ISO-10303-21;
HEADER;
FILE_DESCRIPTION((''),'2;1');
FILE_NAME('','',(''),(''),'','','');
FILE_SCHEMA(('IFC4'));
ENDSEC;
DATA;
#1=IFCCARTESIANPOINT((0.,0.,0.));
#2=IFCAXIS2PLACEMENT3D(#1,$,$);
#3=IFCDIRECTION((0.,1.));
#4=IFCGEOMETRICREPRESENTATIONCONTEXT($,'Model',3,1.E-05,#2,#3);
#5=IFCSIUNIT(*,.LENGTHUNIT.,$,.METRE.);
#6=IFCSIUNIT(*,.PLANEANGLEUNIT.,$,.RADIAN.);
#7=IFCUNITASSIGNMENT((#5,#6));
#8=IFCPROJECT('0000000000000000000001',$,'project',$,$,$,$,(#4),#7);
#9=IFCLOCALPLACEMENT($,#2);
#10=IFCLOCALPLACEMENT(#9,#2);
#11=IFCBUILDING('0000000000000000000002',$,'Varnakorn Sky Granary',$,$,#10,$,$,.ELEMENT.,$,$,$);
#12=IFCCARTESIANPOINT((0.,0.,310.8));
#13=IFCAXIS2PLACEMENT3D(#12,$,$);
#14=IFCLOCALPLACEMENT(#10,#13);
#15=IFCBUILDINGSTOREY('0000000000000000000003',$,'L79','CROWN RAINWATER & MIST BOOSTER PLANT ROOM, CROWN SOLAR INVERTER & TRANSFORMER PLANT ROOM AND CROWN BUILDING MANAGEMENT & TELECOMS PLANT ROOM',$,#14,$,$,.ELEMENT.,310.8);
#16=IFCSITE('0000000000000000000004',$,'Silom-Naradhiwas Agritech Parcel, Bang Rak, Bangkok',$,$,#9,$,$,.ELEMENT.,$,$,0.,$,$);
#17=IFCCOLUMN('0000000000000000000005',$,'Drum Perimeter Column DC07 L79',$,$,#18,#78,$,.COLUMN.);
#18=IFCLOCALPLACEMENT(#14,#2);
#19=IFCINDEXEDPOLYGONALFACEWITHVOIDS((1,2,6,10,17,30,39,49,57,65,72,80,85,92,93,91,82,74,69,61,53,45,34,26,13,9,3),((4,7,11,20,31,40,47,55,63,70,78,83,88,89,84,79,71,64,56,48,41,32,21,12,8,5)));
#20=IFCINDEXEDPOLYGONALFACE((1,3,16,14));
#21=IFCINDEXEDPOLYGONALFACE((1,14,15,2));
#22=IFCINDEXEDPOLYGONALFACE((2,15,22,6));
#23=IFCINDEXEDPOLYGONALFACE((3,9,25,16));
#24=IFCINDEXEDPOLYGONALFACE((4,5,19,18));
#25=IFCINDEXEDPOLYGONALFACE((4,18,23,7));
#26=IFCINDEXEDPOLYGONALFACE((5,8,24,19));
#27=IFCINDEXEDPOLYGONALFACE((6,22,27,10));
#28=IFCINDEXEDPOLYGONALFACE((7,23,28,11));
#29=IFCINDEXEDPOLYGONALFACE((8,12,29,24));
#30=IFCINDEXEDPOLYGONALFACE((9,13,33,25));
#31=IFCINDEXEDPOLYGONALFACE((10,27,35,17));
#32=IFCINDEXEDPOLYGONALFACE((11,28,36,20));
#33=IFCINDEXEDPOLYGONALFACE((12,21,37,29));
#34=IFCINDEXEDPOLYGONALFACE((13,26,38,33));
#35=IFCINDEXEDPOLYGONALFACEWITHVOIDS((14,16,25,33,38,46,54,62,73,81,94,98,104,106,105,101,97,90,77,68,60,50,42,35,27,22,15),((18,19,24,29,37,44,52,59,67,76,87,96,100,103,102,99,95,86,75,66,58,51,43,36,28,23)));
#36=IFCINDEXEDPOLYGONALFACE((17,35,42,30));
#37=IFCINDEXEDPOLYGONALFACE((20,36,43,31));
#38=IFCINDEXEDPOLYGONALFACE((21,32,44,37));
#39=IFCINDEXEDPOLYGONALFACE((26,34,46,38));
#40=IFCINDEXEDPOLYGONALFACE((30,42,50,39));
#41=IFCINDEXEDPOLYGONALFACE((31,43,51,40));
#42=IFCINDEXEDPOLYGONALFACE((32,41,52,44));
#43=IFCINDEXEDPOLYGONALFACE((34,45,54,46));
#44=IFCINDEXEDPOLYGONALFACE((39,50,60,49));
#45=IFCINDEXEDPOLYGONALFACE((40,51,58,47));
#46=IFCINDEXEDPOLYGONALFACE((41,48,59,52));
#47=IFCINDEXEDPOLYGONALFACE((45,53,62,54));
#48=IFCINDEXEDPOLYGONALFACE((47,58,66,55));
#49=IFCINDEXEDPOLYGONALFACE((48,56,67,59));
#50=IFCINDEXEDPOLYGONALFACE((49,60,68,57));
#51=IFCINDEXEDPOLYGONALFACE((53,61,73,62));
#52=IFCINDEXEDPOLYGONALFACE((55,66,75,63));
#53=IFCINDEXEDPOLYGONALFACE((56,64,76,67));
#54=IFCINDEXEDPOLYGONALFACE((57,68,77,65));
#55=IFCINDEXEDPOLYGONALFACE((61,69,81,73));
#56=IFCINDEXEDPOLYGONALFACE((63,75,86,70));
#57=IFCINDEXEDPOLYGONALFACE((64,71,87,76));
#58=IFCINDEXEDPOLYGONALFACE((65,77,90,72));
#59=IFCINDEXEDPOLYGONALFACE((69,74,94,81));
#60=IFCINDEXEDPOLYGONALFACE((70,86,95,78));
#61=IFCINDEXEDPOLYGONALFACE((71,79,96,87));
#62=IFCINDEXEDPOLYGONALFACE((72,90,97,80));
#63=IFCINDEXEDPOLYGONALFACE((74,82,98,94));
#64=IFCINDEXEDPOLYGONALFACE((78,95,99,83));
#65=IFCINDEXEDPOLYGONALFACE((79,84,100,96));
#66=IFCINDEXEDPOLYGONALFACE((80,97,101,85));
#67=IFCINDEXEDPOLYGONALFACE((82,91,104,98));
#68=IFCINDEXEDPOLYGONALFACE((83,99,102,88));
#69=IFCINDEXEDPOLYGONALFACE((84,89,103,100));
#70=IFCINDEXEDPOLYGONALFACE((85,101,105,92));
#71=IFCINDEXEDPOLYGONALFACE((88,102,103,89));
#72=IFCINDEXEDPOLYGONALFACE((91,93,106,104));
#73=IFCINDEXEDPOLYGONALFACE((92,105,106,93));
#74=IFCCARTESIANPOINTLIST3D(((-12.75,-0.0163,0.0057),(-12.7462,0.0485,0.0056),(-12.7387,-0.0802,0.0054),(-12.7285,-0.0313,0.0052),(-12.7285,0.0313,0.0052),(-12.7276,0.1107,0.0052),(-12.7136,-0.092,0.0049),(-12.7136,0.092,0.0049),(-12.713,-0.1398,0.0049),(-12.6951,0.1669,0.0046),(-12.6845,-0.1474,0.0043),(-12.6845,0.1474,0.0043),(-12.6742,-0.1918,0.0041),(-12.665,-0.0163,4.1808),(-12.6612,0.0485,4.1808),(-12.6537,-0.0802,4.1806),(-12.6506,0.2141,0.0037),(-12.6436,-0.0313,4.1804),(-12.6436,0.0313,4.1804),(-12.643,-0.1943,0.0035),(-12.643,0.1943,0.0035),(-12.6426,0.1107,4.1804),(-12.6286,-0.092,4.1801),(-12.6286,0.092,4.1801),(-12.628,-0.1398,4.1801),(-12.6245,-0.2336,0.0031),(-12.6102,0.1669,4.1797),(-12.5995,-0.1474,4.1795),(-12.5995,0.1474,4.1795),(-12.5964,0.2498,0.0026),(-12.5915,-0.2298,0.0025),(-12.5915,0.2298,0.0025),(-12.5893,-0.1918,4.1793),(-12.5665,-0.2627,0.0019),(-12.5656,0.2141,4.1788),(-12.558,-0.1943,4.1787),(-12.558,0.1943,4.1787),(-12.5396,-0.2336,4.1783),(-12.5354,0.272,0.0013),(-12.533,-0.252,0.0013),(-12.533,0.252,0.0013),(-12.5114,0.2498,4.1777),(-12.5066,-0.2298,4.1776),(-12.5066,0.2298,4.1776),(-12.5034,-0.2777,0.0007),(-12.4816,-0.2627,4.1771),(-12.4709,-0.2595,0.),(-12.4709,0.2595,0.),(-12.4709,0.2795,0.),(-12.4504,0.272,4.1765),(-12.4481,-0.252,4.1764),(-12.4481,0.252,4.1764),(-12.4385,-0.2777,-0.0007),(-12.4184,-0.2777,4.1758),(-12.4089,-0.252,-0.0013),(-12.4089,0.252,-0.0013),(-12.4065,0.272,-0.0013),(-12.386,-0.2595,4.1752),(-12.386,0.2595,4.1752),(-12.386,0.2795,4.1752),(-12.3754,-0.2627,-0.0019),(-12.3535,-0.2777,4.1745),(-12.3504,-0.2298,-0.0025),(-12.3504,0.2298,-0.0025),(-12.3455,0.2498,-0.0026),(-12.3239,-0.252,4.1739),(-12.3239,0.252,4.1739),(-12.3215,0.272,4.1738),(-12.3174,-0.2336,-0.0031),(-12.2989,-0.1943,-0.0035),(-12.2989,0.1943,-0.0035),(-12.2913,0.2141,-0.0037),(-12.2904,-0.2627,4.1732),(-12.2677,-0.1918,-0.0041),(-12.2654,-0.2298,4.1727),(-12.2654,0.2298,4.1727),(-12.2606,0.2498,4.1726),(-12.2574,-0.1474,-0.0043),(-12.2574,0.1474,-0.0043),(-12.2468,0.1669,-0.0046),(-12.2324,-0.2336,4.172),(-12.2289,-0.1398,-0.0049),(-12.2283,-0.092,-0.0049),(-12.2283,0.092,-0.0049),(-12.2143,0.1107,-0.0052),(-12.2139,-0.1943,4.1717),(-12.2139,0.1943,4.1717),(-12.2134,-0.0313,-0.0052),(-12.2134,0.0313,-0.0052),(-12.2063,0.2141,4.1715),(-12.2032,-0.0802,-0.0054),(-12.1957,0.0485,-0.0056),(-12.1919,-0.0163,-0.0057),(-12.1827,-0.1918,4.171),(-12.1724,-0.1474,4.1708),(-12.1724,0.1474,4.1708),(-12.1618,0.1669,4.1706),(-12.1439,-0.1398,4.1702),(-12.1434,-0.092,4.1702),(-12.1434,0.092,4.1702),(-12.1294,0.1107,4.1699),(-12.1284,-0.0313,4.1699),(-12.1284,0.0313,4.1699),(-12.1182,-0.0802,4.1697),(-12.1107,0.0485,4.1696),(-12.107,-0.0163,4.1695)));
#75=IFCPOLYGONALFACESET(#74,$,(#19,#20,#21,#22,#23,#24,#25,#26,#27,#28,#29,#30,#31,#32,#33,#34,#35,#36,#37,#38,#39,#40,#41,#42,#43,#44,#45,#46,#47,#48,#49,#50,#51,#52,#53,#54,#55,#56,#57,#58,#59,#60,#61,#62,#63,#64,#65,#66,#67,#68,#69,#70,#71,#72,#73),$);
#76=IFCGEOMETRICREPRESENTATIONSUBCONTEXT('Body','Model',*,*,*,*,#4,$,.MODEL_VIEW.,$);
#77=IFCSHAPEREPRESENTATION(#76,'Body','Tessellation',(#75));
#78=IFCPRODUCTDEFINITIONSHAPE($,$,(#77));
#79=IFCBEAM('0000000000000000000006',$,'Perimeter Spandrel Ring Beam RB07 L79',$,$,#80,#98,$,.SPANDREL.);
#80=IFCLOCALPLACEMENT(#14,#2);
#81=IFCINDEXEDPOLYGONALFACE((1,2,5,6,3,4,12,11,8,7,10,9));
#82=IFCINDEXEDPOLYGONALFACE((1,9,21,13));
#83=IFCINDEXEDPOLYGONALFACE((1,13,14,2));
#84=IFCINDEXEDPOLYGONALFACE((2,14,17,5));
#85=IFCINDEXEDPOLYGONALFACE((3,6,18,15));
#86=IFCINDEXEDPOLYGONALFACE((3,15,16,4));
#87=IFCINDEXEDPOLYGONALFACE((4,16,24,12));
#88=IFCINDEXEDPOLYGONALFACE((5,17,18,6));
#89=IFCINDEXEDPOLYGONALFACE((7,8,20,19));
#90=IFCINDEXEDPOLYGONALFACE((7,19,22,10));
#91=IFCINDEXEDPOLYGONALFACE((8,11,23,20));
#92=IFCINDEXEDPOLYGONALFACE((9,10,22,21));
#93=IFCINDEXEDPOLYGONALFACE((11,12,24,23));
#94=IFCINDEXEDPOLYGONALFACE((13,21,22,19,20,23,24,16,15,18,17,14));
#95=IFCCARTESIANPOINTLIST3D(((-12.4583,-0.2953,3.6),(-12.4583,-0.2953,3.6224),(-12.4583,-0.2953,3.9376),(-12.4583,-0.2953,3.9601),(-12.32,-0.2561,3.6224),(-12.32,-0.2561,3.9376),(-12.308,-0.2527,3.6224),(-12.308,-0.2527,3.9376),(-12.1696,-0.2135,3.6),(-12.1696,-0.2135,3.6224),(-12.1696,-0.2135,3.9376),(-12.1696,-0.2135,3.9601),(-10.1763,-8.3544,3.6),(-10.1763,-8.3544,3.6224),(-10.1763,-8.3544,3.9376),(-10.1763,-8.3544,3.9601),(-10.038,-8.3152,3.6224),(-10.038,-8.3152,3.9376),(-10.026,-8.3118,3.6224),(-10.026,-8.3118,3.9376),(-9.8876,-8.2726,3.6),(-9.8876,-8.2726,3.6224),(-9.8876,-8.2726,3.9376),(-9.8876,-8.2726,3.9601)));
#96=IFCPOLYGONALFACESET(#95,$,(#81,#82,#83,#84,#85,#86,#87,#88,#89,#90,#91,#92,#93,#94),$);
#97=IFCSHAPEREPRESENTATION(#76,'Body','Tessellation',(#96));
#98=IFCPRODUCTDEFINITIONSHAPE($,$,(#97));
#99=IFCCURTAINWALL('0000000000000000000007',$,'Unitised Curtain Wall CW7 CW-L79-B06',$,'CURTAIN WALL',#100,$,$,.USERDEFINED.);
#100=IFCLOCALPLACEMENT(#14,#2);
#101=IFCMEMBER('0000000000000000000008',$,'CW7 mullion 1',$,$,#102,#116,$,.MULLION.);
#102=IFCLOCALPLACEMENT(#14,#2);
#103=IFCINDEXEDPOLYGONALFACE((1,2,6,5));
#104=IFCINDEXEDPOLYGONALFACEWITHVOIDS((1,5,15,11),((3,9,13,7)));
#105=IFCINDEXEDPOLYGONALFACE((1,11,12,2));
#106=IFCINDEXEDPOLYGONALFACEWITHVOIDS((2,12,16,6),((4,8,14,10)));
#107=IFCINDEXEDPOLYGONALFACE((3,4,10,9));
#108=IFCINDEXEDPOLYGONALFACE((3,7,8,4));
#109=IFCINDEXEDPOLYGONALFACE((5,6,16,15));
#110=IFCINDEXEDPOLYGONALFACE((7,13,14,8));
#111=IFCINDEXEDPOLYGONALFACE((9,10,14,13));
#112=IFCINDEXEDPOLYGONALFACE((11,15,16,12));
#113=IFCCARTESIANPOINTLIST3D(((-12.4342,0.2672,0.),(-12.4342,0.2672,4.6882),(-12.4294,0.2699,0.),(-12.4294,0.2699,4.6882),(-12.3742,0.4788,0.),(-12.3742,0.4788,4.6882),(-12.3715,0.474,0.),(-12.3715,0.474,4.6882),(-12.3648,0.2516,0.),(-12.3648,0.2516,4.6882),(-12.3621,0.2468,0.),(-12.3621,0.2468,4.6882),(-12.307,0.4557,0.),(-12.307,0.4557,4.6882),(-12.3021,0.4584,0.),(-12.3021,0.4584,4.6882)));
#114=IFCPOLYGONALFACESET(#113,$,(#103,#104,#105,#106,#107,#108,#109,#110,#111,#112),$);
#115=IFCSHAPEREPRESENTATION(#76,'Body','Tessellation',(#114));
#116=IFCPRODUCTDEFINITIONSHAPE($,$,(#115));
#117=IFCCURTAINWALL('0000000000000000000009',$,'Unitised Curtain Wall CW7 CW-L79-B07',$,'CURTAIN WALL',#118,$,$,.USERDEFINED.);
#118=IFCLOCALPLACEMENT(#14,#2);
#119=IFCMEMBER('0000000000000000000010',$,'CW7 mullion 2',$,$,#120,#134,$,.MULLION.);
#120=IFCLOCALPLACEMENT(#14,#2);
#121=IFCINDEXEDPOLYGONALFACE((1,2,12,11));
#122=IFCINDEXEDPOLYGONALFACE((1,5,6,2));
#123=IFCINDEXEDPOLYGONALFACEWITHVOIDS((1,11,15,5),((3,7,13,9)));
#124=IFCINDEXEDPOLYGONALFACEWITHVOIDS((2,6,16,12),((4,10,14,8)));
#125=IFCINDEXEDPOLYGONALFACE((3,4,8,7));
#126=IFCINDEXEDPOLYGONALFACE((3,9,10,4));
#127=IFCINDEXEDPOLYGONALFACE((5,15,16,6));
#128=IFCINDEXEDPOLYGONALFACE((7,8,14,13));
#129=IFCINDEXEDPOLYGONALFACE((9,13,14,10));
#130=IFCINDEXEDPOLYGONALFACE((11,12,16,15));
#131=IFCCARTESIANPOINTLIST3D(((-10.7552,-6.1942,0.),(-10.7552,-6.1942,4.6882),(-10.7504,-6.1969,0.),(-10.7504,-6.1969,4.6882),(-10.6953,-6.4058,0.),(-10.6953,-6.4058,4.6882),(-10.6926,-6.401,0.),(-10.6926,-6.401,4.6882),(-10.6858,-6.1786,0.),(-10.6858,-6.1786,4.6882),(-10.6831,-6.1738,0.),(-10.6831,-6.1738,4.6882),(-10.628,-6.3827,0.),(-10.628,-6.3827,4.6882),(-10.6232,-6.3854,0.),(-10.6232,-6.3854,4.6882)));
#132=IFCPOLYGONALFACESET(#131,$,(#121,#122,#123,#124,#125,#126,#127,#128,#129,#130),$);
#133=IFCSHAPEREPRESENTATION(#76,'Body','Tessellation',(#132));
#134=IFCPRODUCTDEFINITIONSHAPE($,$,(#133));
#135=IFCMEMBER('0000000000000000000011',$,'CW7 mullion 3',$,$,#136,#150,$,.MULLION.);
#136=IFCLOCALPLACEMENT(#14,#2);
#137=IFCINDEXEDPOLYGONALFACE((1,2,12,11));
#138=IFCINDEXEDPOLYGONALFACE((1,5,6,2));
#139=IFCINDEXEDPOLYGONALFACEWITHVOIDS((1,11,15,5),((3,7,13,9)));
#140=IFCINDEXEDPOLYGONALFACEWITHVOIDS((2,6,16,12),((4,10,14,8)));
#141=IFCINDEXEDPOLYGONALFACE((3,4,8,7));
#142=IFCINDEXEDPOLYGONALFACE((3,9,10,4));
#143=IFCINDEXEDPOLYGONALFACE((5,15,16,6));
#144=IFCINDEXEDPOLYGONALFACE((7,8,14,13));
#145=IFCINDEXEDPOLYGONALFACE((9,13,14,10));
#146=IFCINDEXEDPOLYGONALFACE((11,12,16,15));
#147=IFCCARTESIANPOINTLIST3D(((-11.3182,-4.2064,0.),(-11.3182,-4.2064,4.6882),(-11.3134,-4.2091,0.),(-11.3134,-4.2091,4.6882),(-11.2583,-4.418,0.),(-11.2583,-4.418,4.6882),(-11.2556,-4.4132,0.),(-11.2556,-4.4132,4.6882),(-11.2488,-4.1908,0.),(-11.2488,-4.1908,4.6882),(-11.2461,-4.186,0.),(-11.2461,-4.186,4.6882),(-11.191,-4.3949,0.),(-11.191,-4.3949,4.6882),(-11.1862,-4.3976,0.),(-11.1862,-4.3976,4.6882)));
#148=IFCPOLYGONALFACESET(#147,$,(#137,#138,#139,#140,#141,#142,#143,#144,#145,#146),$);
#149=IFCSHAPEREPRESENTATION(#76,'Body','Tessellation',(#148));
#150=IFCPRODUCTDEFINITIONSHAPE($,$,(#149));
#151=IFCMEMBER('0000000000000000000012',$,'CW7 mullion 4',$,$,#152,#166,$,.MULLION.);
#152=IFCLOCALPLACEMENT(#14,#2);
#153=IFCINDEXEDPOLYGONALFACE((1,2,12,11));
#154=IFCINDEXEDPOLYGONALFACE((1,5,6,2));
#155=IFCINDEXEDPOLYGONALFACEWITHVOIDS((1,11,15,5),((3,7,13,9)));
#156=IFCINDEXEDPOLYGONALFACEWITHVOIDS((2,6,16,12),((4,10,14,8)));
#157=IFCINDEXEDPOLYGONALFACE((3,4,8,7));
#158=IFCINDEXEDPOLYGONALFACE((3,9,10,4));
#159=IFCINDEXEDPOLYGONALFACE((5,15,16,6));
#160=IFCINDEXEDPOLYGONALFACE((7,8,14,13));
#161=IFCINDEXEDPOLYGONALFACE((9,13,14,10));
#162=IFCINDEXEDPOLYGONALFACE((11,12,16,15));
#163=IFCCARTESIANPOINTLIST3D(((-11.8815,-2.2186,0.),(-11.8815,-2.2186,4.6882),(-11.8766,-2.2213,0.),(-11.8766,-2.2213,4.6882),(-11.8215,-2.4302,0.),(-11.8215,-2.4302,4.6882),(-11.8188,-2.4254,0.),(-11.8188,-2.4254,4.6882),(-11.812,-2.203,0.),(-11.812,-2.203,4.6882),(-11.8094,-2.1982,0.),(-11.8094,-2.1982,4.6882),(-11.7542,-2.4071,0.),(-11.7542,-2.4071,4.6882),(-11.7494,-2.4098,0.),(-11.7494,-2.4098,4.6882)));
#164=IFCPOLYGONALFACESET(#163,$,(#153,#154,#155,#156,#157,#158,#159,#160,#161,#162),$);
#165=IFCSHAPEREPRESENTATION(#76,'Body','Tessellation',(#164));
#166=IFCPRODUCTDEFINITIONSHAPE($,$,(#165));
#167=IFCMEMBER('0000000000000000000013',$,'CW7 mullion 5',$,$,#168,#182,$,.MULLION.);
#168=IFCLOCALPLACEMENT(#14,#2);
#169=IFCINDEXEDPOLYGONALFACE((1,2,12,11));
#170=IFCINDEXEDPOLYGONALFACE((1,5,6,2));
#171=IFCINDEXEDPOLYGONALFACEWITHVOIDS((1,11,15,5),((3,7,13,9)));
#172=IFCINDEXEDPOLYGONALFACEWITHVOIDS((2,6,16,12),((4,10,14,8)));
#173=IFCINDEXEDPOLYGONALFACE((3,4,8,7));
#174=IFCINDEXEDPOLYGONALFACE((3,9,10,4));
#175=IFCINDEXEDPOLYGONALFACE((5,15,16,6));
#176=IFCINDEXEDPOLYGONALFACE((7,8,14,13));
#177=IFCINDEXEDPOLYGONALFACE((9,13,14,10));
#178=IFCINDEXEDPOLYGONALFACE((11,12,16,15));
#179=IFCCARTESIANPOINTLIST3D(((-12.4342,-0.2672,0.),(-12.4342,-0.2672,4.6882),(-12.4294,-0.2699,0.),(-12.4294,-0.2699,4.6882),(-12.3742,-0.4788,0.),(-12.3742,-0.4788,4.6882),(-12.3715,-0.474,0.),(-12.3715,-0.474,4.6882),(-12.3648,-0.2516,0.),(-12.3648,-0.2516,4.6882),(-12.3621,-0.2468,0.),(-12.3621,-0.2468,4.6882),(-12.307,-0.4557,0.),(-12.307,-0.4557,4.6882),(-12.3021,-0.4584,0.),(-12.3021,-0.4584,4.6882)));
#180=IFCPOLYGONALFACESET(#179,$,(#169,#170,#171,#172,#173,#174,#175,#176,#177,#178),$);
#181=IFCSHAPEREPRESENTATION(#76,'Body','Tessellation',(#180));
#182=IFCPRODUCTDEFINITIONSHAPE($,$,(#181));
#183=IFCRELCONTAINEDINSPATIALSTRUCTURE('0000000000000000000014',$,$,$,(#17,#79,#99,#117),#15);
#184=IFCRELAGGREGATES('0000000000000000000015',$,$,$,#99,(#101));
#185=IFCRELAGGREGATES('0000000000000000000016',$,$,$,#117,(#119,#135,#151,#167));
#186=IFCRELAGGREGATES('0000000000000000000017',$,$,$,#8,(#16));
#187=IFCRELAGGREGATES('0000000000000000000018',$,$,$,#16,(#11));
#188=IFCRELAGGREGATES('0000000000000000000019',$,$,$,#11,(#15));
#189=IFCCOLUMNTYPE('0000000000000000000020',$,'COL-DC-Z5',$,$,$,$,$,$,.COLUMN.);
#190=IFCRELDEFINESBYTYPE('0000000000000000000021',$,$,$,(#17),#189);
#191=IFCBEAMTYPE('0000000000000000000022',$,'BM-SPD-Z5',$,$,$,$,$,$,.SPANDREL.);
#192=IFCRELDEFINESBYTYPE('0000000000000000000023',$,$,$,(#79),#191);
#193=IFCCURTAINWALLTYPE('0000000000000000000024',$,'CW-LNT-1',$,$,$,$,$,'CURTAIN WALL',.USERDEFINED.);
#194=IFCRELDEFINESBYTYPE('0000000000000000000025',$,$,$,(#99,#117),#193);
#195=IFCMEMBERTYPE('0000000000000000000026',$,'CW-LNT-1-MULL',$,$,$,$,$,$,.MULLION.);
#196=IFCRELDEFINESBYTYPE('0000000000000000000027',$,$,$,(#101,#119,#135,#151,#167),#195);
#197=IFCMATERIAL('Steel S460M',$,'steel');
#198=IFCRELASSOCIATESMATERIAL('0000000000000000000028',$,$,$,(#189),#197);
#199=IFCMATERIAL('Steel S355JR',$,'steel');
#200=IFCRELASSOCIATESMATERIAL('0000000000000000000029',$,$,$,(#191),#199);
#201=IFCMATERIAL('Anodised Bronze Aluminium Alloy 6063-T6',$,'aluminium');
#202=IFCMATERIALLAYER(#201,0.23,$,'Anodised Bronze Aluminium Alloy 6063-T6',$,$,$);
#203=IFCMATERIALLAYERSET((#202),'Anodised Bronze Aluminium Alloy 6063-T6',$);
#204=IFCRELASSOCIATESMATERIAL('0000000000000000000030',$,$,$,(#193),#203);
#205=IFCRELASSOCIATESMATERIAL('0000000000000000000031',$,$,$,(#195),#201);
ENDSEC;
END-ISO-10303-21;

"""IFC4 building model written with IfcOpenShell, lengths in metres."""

from ifc_helpers import new_model, si_unit, direction, frame, origin, origin_2d, place, context, subcontext, project, spatial, hollow_rectangle, hollow_circle, i_section, extrude, material, layer, layer_set, material_profile, profile_set, type_object, element, aggregate, save


model = new_model("IFC4")

# Units and contexts
model_context = context("Model", 3, precision=1e-05, world=origin(), true_north=direction((0.0, 1.0)))
body_context = subcontext(model_context, "Body", "Model", "MODEL_VIEW")
ifc_project = project(units=[si_unit("LENGTHUNIT", "METRE"), si_unit("PLANEANGLEUNIT", "RADIAN")], contexts=[model_context])

# Site, building, storey
site_placement = place(None, origin())
site = spatial("IfcSite", under=ifc_project, at=site_placement, Name="Silom-Naradhiwas Agritech Parcel, Bang Rak, Bangkok", CompositionType="ELEMENT", RefElevation=0.0)
building_placement = place(site_placement, origin())
building = spatial("IfcBuilding", under=site, at=building_placement, Name="Varnakorn Sky Granary", CompositionType="ELEMENT")
storey_placement = place(building_placement, frame((0.0, 0.0, 310.8)))
storey = spatial("IfcBuildingStorey", under=building, at=storey_placement, Name="L79", Description="CROWN RAINWATER & MIST BOOSTER PLANT ROOM, CROWN SOLAR INVERTER & TRANSFORMER PLANT ROOM AND CROWN BUILDING MANAGEMENT & TELECOMS PLANT ROOM", CompositionType="ELEMENT", Elevation=310.8)

# Column
ifc_material_1 = material(Name="Steel S460M", Category="steel")
ifc_material_profile_1 = material_profile(ifc_material_1, hollow_circle(Radius=0.2795, WallThickness=0.02, at=origin_2d()), Name="CHS 559x20")
ifc_profile_set_1 = profile_set([ifc_material_profile_1], Name="Steel S460M")
column_type = type_object("IfcColumnType", Name="COL-DC-Z5", PredefinedType="COLUMN", material=ifc_profile_set_1)
column_placement = place(storey_placement, frame((-12.4709, 0.0, 0.0), z_axis=(0.020345, 0.0, 0.999793), x_axis=(0.0, 1.0, 0.0)))
element("IfcColumn", 1, at=column_placement, inside=storey, type_object=column_type, Name="Drum Perimeter Column DC07 L79", PredefinedType="COLUMN", context=body_context, shape_type="SweptSolid", body=[
    extrude(hollow_circle(Radius=0.2795, WallThickness=0.02, at=origin_2d()), origin(), (0.0, 0.0, 1.0), 4.176),
])

# Beam
ifc_material_2 = material(Name="Steel S355JR", Category="steel")
ifc_material_profile_2 = material_profile(ifc_material_2, i_section(OverallWidth=0.3, OverallDepth=0.3601, WebThickness=0.0125, FlangeThickness=0.0225, at=origin_2d()), Name="HE 360 B")
ifc_profile_set_2 = profile_set([ifc_material_profile_2], Name="Steel S355JR")
beam_type = type_object("IfcBeamType", Name="BM-SPD-Z5", PredefinedType="SPANDREL", material=ifc_profile_set_2)
beam_placement = place(storey_placement, frame((-12.314, -0.2544, 3.78), z_axis=(0.272445, -0.962171, 0.0), x_axis=(0.962171, 0.272445, 0.0)))
element("IfcBeam", 2, at=beam_placement, inside=storey, type_object=beam_type, Name="Perimeter Spandrel Ring Beam RB07 L79", PredefinedType="SPANDREL", context=body_context, shape_type="SweptSolid", body=[
    extrude(i_section(OverallWidth=0.3, OverallDepth=0.3601, WebThickness=0.0125, FlangeThickness=0.0225, at=origin_2d()), origin(), (0.0, 0.0, 1.0), 8.376),
])

# Curtain wall, member
ifc_material_3 = material(Name="Anodised Bronze Aluminium Alloy 6063-T6", Category="aluminium")
ifc_layer_1 = layer(ifc_material_3, 0.23, Name="Anodised Bronze Aluminium Alloy 6063-T6")
ifc_layer_set_1 = layer_set([ifc_layer_1], Name="Anodised Bronze Aluminium Alloy 6063-T6")
curtain_wall_type = type_object("IfcCurtainWallType", Name="CW-LNT-1", ElementType="CURTAIN WALL", PredefinedType="USERDEFINED", material=ifc_layer_set_1)
curtain_wall_1_placement = place(storey_placement, origin())
curtain_wall_1 = element("IfcCurtainWall", 3, at=curtain_wall_1_placement, inside=storey, type_object=curtain_wall_type, Name="Unitised Curtain Wall CW7 CW-L79-B06", ObjectType="CURTAIN WALL", PredefinedType="USERDEFINED")
ifc_material_profile_3 = material_profile(ifc_material_3, hollow_rectangle(XDim=0.075, YDim=0.22, WallThickness=0.0039, at=origin_2d()), Name="ALU MULL 75x220")
ifc_profile_set_3 = profile_set([ifc_material_profile_3], Name="Anodised Bronze Aluminium Alloy 6063-T6")
member_type_1 = type_object("IfcMemberType", Name="CW-LNT-1-MULL", PredefinedType="MULLION", material=ifc_profile_set_3)
member_1_placement = place(storey_placement, frame((-12.3682, 0.3628, 0.0), z_axis=(0.0, 0.0, 1.0), x_axis=(-0.962134, 0.272577, 0.0)))
member_1 = element("IfcMember", 4, at=member_1_placement, type_object=member_type_1, Name="CW7 mullion 1", PredefinedType="MULLION", context=body_context, shape_type="SweptSolid", body=[
    extrude(hollow_rectangle(XDim=0.075, YDim=0.22, WallThickness=0.0039, at=origin_2d()), origin(), (0.0, 0.0, 1.0), 4.6882),
])

# Curtain wall, members
curtain_wall_2_placement = place(storey_placement, origin())
curtain_wall_2 = element("IfcCurtainWall", 5, at=curtain_wall_2_placement, inside=storey, type_object=curtain_wall_type, Name="Unitised Curtain Wall CW7 CW-L79-B07", ObjectType="CURTAIN WALL", PredefinedType="USERDEFINED")
member_2_placement = place(storey_placement, frame((-10.6892, -6.2898, 0.0), z_axis=(0.0, 0.0, 1.0), x_axis=(-0.962134, -0.272577, 0.0)))
member_2 = element("IfcMember", 6, at=member_2_placement, type_object=member_type_1, Name="CW7 mullion 2", PredefinedType="MULLION", context=body_context, shape_type="SweptSolid", body=[
    extrude(hollow_rectangle(XDim=0.075, YDim=0.22, WallThickness=0.0039, at=origin_2d()), origin(), (0.0, 0.0, 1.0), 4.6882),
])
member_3_placement = place(storey_placement, frame((-11.2522, -4.302, 0.0), z_axis=(0.0, 0.0, 1.0), x_axis=(-0.962134, -0.272577, 0.0)))
member_3 = element("IfcMember", 7, at=member_3_placement, type_object=member_type_1, Name="CW7 mullion 3", PredefinedType="MULLION", context=body_context, shape_type="SweptSolid", body=[
    extrude(hollow_rectangle(XDim=0.075, YDim=0.22, WallThickness=0.0039, at=origin_2d()), origin(), (0.0, 0.0, 1.0), 4.6882),
])
member_4_placement = place(storey_placement, frame((-11.8154, -2.3142, 0.0), z_axis=(0.0, 0.0, 1.0), x_axis=(-0.962134, -0.272577, 0.0)))
member_4 = element("IfcMember", 8, at=member_4_placement, type_object=member_type_1, Name="CW7 mullion 4", PredefinedType="MULLION", context=body_context, shape_type="SweptSolid", body=[
    extrude(hollow_rectangle(XDim=0.075, YDim=0.22, WallThickness=0.0039, at=origin_2d()), origin(), (0.0, 0.0, 1.0), 4.6882),
])
member_5_placement = place(storey_placement, frame((-12.3682, -0.3628, 0.0), z_axis=(0.0, 0.0, 1.0), x_axis=(-0.962134, -0.272577, 0.0)))
member_5 = element("IfcMember", 9, at=member_5_placement, type_object=member_type_1, Name="CW7 mullion 5", PredefinedType="MULLION", context=body_context, shape_type="SweptSolid", body=[
    extrude(hollow_rectangle(XDim=0.075, YDim=0.22, WallThickness=0.0039, at=origin_2d()), origin(), (0.0, 0.0, 1.0), 4.6882),
])

aggregate(curtain_wall_1, [member_1])

aggregate(curtain_wall_2, [member_2, member_3, member_4, member_5])

save(model, "model.ifc")
